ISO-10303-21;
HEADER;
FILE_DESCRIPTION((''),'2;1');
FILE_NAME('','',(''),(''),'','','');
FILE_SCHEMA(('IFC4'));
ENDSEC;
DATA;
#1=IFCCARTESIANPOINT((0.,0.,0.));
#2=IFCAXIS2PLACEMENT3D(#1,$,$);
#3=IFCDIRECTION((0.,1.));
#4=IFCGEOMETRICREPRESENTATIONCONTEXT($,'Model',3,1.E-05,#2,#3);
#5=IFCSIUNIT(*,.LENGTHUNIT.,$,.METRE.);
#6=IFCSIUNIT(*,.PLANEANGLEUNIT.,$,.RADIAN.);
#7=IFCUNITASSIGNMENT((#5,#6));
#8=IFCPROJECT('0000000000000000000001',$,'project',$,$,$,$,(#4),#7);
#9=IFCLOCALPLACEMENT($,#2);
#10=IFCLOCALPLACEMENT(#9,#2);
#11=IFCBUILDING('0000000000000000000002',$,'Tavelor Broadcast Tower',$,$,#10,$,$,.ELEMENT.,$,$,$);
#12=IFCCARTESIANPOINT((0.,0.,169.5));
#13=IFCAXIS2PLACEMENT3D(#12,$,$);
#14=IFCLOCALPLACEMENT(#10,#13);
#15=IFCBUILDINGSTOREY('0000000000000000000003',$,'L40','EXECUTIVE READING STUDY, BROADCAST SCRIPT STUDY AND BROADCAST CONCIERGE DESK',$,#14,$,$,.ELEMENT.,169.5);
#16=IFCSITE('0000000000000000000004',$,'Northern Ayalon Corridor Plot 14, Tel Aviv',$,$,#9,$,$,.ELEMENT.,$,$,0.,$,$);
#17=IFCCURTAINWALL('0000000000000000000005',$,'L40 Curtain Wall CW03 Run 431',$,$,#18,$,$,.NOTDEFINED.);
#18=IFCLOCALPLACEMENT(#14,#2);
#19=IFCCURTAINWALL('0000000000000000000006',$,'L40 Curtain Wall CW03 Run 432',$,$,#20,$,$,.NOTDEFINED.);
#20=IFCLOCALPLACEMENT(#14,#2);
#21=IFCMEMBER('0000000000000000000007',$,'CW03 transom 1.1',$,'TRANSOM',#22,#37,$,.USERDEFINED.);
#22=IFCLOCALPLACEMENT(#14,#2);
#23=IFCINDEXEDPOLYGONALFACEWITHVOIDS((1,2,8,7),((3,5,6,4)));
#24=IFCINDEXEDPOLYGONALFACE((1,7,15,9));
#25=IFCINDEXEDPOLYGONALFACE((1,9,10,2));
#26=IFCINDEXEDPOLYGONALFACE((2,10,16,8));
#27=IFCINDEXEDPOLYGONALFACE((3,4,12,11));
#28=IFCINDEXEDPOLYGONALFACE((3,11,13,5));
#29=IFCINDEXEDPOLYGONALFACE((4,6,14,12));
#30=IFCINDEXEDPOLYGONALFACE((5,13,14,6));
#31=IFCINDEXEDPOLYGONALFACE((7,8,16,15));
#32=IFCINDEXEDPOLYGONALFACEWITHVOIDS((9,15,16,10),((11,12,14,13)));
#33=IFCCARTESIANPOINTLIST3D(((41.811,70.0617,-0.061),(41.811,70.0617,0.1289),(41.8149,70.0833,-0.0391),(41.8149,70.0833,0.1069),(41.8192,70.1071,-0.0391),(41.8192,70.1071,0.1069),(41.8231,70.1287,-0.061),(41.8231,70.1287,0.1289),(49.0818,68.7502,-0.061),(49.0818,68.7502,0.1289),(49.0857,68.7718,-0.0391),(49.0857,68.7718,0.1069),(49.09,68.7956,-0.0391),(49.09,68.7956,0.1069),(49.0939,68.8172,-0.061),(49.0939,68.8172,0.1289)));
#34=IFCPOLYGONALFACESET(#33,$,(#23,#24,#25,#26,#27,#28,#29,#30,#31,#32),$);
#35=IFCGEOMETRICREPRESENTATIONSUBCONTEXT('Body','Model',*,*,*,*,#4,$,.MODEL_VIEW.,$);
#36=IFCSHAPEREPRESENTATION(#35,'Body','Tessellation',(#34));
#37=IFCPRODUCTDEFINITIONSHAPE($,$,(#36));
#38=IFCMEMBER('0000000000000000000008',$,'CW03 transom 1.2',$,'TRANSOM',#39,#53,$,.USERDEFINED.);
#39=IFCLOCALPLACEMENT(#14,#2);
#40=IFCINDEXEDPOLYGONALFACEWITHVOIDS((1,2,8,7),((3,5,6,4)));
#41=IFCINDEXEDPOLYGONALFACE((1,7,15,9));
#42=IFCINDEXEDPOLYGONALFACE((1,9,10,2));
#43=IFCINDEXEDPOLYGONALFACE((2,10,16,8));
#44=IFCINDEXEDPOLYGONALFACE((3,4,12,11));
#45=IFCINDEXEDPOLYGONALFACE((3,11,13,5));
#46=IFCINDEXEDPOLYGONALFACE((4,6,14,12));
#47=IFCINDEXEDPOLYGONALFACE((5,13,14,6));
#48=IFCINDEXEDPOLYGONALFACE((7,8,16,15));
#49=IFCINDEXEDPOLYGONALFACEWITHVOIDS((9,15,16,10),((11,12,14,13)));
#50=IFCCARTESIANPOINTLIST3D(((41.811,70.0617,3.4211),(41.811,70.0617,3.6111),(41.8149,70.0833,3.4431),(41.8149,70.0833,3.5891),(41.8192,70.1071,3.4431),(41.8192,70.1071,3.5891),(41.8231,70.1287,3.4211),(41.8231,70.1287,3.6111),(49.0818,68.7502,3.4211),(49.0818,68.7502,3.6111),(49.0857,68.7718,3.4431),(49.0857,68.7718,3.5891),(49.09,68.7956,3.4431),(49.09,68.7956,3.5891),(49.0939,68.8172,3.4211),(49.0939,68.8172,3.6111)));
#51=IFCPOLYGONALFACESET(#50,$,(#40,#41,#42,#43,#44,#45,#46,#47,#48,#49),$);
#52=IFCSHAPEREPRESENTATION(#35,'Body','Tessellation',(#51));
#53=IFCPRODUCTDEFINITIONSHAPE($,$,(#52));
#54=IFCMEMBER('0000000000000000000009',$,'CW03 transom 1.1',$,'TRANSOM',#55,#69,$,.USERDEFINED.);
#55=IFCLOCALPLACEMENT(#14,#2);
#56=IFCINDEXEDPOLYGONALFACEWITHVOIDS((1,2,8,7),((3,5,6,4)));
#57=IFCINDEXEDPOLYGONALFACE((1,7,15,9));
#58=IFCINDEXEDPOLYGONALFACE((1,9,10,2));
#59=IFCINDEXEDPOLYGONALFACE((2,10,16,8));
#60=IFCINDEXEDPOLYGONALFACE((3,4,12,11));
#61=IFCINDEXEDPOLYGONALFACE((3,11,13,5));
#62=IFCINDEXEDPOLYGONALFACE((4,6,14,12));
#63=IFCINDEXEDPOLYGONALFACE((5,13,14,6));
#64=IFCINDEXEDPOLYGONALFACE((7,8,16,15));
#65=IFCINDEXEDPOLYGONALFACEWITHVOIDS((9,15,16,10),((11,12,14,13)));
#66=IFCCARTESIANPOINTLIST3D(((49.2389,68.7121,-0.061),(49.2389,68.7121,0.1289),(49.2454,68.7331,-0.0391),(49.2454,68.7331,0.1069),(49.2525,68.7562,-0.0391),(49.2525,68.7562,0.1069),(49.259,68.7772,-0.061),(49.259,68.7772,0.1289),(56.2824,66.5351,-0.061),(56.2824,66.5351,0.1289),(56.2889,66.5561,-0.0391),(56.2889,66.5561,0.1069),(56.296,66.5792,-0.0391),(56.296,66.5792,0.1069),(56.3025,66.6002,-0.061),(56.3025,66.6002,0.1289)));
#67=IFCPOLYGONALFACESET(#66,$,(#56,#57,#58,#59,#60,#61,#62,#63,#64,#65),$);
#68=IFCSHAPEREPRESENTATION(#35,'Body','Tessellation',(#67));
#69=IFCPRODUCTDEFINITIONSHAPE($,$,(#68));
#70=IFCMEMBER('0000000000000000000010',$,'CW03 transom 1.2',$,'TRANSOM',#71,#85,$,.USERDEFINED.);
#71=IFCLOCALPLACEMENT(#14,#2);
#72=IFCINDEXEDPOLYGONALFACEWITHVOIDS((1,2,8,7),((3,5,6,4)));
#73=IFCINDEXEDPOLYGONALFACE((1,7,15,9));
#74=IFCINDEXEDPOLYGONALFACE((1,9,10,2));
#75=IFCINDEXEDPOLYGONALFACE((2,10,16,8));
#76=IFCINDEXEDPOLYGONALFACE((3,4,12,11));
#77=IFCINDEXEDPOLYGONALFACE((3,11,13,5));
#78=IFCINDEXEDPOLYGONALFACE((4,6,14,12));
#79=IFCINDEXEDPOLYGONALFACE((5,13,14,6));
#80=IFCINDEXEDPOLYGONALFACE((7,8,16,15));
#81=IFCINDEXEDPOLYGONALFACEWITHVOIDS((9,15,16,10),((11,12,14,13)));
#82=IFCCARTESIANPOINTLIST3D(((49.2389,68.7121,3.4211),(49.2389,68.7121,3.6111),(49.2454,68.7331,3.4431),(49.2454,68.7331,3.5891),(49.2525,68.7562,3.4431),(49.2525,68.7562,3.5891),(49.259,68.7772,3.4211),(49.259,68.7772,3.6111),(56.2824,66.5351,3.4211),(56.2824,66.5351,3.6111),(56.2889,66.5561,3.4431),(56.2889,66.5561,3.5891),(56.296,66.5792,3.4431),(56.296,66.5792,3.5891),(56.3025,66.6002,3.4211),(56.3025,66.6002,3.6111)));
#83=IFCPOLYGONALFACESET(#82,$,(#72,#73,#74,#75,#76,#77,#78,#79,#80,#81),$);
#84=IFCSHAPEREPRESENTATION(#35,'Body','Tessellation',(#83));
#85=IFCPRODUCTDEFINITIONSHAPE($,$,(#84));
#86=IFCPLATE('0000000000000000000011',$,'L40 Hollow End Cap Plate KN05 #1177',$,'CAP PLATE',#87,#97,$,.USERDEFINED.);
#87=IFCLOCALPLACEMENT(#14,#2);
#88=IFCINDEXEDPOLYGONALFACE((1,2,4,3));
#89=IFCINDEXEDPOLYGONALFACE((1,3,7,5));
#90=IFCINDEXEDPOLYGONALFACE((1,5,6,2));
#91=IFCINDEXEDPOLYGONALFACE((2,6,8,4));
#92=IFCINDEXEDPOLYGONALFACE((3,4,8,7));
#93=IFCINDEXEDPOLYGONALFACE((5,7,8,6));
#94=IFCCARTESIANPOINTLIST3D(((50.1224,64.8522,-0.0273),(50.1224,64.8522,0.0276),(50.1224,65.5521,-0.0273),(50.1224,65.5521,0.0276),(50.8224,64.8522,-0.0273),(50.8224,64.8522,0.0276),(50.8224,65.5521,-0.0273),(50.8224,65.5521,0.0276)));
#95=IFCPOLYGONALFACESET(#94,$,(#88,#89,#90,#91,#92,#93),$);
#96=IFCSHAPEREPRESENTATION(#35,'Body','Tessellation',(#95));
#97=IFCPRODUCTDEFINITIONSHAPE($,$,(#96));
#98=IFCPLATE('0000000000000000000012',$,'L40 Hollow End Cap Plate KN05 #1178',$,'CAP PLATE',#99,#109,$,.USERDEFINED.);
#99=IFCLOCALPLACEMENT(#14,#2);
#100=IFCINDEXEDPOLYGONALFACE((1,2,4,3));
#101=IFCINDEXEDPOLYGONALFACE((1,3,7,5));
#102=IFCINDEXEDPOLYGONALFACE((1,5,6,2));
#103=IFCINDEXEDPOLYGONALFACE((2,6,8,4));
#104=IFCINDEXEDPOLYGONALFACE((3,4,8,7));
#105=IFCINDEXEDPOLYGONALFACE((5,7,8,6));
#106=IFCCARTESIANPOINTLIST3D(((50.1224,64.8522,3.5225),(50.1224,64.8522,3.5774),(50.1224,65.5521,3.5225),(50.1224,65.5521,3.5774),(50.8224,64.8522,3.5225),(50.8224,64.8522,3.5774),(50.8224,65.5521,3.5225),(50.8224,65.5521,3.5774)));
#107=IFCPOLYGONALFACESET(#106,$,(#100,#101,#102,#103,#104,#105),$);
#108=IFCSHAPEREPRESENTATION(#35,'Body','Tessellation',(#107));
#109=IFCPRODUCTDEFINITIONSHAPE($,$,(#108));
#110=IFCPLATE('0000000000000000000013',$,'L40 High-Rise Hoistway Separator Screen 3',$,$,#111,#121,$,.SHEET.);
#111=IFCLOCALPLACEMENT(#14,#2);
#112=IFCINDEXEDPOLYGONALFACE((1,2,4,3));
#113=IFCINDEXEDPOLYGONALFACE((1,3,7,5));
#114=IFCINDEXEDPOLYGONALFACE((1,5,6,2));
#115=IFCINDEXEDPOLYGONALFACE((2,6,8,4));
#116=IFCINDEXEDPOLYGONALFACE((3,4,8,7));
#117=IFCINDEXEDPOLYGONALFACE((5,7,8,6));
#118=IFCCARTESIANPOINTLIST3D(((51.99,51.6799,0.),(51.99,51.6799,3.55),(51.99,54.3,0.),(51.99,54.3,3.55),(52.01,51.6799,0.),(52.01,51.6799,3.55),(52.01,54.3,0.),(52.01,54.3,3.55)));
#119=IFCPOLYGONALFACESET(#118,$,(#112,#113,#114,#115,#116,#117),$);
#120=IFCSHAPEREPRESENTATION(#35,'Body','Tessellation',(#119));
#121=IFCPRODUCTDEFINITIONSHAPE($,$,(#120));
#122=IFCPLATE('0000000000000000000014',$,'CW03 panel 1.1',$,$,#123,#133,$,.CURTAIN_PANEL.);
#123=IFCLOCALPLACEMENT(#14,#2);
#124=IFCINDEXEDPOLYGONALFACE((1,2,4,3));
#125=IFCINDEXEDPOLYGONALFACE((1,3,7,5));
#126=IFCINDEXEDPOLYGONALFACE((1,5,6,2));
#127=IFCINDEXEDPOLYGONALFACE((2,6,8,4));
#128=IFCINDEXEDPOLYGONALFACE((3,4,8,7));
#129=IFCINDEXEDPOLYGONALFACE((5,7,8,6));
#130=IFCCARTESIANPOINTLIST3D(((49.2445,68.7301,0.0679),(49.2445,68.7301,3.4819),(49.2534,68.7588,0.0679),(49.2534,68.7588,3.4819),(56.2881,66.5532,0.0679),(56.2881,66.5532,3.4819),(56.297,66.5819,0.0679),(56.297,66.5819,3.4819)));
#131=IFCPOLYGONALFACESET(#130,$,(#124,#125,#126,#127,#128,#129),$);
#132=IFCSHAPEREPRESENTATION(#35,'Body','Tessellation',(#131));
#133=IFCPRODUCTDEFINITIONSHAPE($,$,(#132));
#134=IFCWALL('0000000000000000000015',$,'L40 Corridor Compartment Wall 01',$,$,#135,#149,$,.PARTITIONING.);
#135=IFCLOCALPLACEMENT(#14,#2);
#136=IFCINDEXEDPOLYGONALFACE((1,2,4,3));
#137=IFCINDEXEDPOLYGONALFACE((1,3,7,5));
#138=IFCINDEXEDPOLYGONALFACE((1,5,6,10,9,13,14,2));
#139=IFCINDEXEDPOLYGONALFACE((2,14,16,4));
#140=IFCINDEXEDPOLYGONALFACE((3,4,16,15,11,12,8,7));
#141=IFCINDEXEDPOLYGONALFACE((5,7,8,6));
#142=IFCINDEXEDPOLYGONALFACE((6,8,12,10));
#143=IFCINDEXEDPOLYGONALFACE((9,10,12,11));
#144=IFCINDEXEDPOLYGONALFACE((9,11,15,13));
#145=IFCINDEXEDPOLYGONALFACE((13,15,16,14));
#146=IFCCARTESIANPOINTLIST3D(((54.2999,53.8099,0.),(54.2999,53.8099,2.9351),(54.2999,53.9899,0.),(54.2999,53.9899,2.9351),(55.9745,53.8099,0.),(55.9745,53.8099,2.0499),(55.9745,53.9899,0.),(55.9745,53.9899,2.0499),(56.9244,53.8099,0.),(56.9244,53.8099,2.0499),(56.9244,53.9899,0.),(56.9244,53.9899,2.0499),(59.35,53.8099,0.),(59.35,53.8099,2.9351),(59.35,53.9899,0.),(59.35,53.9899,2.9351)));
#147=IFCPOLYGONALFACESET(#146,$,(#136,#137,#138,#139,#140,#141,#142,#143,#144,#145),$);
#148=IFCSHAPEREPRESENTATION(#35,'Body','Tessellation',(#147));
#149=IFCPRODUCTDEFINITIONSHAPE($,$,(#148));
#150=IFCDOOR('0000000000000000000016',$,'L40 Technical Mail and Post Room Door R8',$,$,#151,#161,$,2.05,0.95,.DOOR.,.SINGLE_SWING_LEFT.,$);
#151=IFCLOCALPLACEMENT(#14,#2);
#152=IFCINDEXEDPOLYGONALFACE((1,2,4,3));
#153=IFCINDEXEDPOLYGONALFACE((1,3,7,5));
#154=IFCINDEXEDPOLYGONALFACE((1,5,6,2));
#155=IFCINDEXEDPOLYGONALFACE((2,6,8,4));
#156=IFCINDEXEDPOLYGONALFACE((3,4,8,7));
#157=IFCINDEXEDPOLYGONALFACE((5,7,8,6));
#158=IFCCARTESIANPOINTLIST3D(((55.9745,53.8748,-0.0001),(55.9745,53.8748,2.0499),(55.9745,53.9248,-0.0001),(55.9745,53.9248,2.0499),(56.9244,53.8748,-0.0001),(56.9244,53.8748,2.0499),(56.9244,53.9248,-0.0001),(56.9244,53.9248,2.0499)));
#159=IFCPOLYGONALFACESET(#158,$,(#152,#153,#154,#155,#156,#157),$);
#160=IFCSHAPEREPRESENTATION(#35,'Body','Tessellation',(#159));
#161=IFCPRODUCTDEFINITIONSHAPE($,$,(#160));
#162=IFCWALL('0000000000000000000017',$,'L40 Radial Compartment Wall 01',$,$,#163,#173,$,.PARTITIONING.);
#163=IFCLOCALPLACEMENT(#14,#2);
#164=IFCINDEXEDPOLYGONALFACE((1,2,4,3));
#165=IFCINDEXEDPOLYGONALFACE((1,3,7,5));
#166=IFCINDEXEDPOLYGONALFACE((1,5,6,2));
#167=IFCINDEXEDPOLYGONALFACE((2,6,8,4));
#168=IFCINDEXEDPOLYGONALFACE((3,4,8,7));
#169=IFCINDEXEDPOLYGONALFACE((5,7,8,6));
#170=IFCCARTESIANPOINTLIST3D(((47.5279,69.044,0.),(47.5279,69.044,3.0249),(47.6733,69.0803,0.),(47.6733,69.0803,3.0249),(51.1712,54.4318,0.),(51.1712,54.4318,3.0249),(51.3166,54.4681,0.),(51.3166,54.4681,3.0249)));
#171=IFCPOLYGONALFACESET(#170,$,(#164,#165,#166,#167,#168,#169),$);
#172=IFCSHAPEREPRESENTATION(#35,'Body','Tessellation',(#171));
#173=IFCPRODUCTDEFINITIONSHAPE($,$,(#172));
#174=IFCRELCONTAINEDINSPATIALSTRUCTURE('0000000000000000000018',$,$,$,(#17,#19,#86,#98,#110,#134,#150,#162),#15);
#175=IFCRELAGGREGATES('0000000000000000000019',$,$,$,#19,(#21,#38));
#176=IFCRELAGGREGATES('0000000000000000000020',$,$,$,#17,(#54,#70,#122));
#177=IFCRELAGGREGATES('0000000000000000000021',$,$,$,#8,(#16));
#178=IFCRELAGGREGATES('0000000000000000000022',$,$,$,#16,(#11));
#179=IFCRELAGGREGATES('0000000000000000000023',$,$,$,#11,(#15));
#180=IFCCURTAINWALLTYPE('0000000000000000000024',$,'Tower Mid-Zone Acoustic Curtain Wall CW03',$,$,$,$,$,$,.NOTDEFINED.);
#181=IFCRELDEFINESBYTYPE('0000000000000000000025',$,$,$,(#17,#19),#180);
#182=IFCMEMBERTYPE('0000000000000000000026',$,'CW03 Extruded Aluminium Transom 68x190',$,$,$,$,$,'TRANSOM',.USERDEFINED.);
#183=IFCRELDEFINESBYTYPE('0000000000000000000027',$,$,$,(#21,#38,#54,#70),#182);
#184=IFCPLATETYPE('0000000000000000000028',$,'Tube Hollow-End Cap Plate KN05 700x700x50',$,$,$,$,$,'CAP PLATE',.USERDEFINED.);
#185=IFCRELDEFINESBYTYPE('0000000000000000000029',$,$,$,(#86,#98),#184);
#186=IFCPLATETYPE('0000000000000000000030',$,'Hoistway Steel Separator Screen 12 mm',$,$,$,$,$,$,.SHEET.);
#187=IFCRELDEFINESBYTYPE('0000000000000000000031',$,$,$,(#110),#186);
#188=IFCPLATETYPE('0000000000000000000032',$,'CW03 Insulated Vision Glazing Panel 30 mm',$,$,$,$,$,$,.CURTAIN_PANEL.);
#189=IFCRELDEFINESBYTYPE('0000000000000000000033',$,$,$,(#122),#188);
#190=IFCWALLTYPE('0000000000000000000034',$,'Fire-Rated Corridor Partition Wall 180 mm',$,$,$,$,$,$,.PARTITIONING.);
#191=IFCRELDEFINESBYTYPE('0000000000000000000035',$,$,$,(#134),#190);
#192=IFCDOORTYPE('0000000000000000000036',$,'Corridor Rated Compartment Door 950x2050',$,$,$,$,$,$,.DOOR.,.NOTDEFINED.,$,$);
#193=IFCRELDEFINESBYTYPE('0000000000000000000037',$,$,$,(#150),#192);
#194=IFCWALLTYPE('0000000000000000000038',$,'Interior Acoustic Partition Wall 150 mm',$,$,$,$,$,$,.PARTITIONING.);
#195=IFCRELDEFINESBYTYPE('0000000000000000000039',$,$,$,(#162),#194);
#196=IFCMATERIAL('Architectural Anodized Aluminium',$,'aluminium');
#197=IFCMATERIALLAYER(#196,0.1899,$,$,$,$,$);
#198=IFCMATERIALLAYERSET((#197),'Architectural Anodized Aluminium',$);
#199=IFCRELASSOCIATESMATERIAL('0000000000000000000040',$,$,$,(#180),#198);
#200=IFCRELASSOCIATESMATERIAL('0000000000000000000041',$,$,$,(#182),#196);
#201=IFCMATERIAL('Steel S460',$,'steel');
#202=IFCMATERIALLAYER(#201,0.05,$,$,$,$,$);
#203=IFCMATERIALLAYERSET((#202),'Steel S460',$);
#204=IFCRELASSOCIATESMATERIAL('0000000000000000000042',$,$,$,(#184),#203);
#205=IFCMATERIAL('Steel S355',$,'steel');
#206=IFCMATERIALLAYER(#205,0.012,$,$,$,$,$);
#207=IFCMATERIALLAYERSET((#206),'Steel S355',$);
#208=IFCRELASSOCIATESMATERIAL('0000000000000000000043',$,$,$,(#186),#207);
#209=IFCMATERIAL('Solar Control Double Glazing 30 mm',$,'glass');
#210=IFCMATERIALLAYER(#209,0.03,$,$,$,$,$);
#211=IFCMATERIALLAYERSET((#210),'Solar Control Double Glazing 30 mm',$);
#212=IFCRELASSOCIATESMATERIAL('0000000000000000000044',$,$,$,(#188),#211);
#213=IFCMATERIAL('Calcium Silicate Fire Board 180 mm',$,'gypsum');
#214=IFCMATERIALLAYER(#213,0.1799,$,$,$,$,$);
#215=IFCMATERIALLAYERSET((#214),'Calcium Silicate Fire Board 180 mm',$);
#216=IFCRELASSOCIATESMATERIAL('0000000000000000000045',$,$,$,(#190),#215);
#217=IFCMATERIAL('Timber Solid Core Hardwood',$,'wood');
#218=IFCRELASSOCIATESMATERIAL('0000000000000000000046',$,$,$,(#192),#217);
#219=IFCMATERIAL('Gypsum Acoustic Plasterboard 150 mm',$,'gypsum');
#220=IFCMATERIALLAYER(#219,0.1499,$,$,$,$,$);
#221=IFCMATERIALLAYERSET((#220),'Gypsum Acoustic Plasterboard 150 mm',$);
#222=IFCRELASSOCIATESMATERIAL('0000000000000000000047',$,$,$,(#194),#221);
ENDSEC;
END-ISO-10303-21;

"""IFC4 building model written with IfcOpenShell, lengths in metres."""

from ifc_helpers import new_model, si_unit, direction, frame, frame_2d, origin, origin_2d, place, context, subcontext, project, spatial, rectangle, hollow_rectangle, extrude, source, transform, mapped, material, layer, layer_set, material_profile, profile_set, type_object, type_shapes, element, fill, aggregate, save


model = new_model("IFC4")

# Units and contexts
model_context = context("Model", 3, precision=1e-05, world=origin(), true_north=direction((0.0, 1.0)))
body_context = subcontext(model_context, "Body", "Model", "MODEL_VIEW")
ifc_project = project(units=[si_unit("LENGTHUNIT", "METRE"), si_unit("PLANEANGLEUNIT", "RADIAN")], contexts=[model_context])

# Site, building, storey
site_placement = place(None, origin())
site = spatial("IfcSite", under=ifc_project, at=site_placement, Name="Northern Ayalon Corridor Plot 14, Tel Aviv", CompositionType="ELEMENT", RefElevation=0.0)
building_placement = place(site_placement, origin())
building = spatial("IfcBuilding", under=site, at=building_placement, Name="Tavelor Broadcast Tower", CompositionType="ELEMENT")
storey_placement = place(building_placement, frame((0.0, 0.0, 169.5)))
storey = spatial("IfcBuildingStorey", under=building, at=storey_placement, Name="L40", Description="EXECUTIVE READING STUDY, BROADCAST SCRIPT STUDY AND BROADCAST CONCIERGE DESK", CompositionType="ELEMENT", Elevation=169.5)

# Shared definitions
ifc_material_1 = material(Name="Steel S460", Category="steel")

# Shared definitions
ifc_material_2 = material(Name="Steel S355", Category="steel")

# Shared definitions
ifc_material_3 = material(Name="Architectural Anodized Aluminium", Category="aluminium")
ifc_layer_1 = layer(ifc_material_3, 0.1899)
ifc_layer_set_1 = layer_set([ifc_layer_1], Name="Architectural Anodized Aluminium")
curtain_wall_type = type_object("IfcCurtainWallType", Name="Tower Mid-Zone Acoustic Curtain Wall CW03", PredefinedType="NOTDEFINED", material=ifc_layer_set_1)

# Curtain walls, members
curtain_wall_1_placement = place(storey_placement, origin())
curtain_wall_1 = element("IfcCurtainWall", 1, at=curtain_wall_1_placement, inside=storey, type_object=curtain_wall_type, Name="L40 Curtain Wall CW03 Run 431", PredefinedType="NOTDEFINED")
curtain_wall_2_placement = place(storey_placement, origin())
curtain_wall_2 = element("IfcCurtainWall", 2, at=curtain_wall_2_placement, inside=storey, type_object=curtain_wall_type, Name="L40 Curtain Wall CW03 Run 432", PredefinedType="NOTDEFINED")
ifc_material_profile_1 = material_profile(ifc_material_3, hollow_rectangle(XDim=0.0681, YDim=0.1899, WallThickness=0.022, at=origin_2d()), Name="RHS 68x190x22")
ifc_profile_set_1 = profile_set([ifc_material_profile_1], Name="Architectural Anodized Aluminium")
member_type_1 = type_object("IfcMemberType", Name="CW03 Extruded Aluminium Transom 68x190", ElementType="TRANSOM", PredefinedType="USERDEFINED", material=ifc_profile_set_1)
shared_shape_1 = source(origin(), body_context, "Body", "SweptSolid", [
    extrude(hollow_rectangle(XDim=0.0681, YDim=0.1899, WallThickness=0.022, at=origin_2d()), origin(), (0.0, 0.0, 1.0), 7.3882),
])
member_1_placement = place(storey_placement, frame((49.0879, 68.7837, 0.0339), z_axis=(-0.984117, 0.177519, 0.0), x_axis=(-0.177519, -0.984117, 0.0)))
member_1 = element("IfcMember", 3, at=member_1_placement, type_object=member_type_1, Name="CW03 transom 1.1", ObjectType="TRANSOM", PredefinedType="USERDEFINED", context=body_context, shape_type="MappedRepresentation", body=[
    mapped(shared_shape_1, transform((0.0, 0.0, 0.0), scale=1.0)),
])
member_2_placement = place(storey_placement, frame((49.0879, 68.7837, 3.5161), z_axis=(-0.984117, 0.177519, 0.0), x_axis=(-0.177519, -0.984117, 0.0)))
member_2 = element("IfcMember", 4, at=member_2_placement, type_object=member_type_1, Name="CW03 transom 1.2", ObjectType="TRANSOM", PredefinedType="USERDEFINED", context=body_context, shape_type="MappedRepresentation", body=[
    mapped(shared_shape_1, transform((0.0, 0.0, 0.0), scale=1.0)),
])
aggregate(curtain_wall_2, [member_1, member_2])

# Members
shared_shape_2 = source(origin(), body_context, "Body", "SweptSolid", [
    extrude(hollow_rectangle(XDim=0.0681, YDim=0.1899, WallThickness=0.022, at=origin_2d()), origin(), (0.0, 0.0, 1.0), 7.3723),
])
type_shapes(member_type_1, [shared_shape_1, shared_shape_2])
member_3_placement = place(storey_placement, frame((56.2925, 66.5676, 0.0339), z_axis=(-0.955405, 0.295298, 0.0), x_axis=(-0.295298, -0.955405, 0.0)))
member_3 = element("IfcMember", 5, at=member_3_placement, type_object=member_type_1, Name="CW03 transom 1.1", ObjectType="TRANSOM", PredefinedType="USERDEFINED", context=body_context, shape_type="MappedRepresentation", body=[
    mapped(shared_shape_2, transform((0.0, 0.0, 0.0), scale=1.0)),
])
member_4_placement = place(storey_placement, frame((56.2925, 66.5676, 3.5161), z_axis=(-0.955405, 0.295298, 0.0), x_axis=(-0.295298, -0.955405, 0.0)))
member_4 = element("IfcMember", 6, at=member_4_placement, type_object=member_type_1, Name="CW03 transom 1.2", ObjectType="TRANSOM", PredefinedType="USERDEFINED", context=body_context, shape_type="MappedRepresentation", body=[
    mapped(shared_shape_2, transform((0.0, 0.0, 0.0), scale=1.0)),
])

# Plates
ifc_layer_2 = layer(ifc_material_1, 0.05)
ifc_layer_set_2 = layer_set([ifc_layer_2], Name="Steel S460")
plate_type_1 = type_object("IfcPlateType", Name="Tube Hollow-End Cap Plate KN05 700x700x50", ElementType="CAP PLATE", PredefinedType="USERDEFINED", material=ifc_layer_set_2)
shared_shape_3 = source(origin(), body_context, "Body", "SweptSolid", [
    extrude(rectangle(XDim=0.7, YDim=0.7, at=origin_2d()), origin(), (0.0, 0.0, 1.0), 0.0549),
])
type_shapes(plate_type_1, [shared_shape_3])
for number, where, z_axis, x_axis, name in (
    (7, (50.4724, 65.2021, -0.0273), (0.0, 0.0, 1.0), (1.0, 0.0, 0.0), "L40 Hollow End Cap Plate KN05 #1177"),
    (8, (50.4724, 65.2021, 3.5225), (0.0, 0.0, 1.0), (1.0, 0.0, 0.0), "L40 Hollow End Cap Plate KN05 #1178"),
):
    element("IfcPlate", number, at=place(storey_placement, frame(where, z_axis=z_axis, x_axis=x_axis)), inside=storey, type_object=plate_type_1, Name=name, ObjectType="CAP PLATE", PredefinedType="USERDEFINED", context=body_context, shape_type="MappedRepresentation", body=[
        mapped(shared_shape_3, transform((0.0, 0.0, 0.0), scale=1.0)),
    ])
ifc_layer_3 = layer(ifc_material_2, 0.012)
ifc_layer_set_3 = layer_set([ifc_layer_3], Name="Steel S355")
plate_type_2 = type_object("IfcPlateType", Name="Hoistway Steel Separator Screen 12 mm", PredefinedType="SHEET", material=ifc_layer_set_3)
shared_shape_4 = source(origin(), body_context, "Body", "SweptSolid", [
    extrude(rectangle(XDim=0.02, YDim=2.6201, at=origin_2d()), origin(), (0.0, 0.0, 1.0), 3.55),
])
type_shapes(plate_type_2, [shared_shape_4])
plate_1_placement = place(storey_placement, frame((52.0, 52.99, 0.0), z_axis=(0.0, 0.0, 1.0), x_axis=(1.0, 0.0, 0.0)))
element("IfcPlate", 9, at=plate_1_placement, inside=storey, type_object=plate_type_2, Name="L40 High-Rise Hoistway Separator Screen 3", PredefinedType="SHEET", context=body_context, shape_type="MappedRepresentation", body=[
    mapped(shared_shape_4, transform((0.0, 0.0, 0.0), scale=1.0)),
])

# Plate
ifc_material_4 = material(Name="Solar Control Double Glazing 30 mm", Category="glass")
ifc_layer_4 = layer(ifc_material_4, 0.03)
ifc_layer_set_4 = layer_set([ifc_layer_4], Name="Solar Control Double Glazing 30 mm")
plate_type_3 = type_object("IfcPlateType", Name="CW03 Insulated Vision Glazing Panel 30 mm", PredefinedType="CURTAIN_PANEL", material=ifc_layer_set_4)
shared_shape_5 = source(origin(), body_context, "Body", "SweptSolid", [
    extrude(rectangle(XDim=7.3723, YDim=0.03, at=origin_2d()), origin(), (0.0, 0.0, 1.0), 3.4141),
])
type_shapes(plate_type_3, [shared_shape_5])
plate_2_placement = place(storey_placement, frame((52.7708, 67.656, 0.0679), z_axis=(0.0, 0.0, 1.0), x_axis=(-0.955413, 0.295274, 0.0)))
plate_2 = element("IfcPlate", 10, at=plate_2_placement, type_object=plate_type_3, Name="CW03 panel 1.1", PredefinedType="CURTAIN_PANEL", context=body_context, shape_type="MappedRepresentation", body=[
    mapped(shared_shape_5, transform((0.0, 0.0, 0.0), scale=1.0)),
])
aggregate(curtain_wall_1, [member_3, member_4, plate_2])

# Wall, opening, door
ifc_material_5 = material(Name="Calcium Silicate Fire Board 180 mm", Category="gypsum")
ifc_layer_5 = layer(ifc_material_5, 0.1799)
ifc_layer_set_5 = layer_set([ifc_layer_5], Name="Calcium Silicate Fire Board 180 mm")
wall_type_1 = type_object("IfcWallType", Name="Fire-Rated Corridor Partition Wall 180 mm", PredefinedType="PARTITIONING", material=ifc_layer_set_5)
wall_1_placement = place(storey_placement, frame((54.3, 53.8999, 0.0), z_axis=(0.0, 0.0, 1.0), x_axis=(1.0, 0.0, 0.0)))
wall_1 = element("IfcWall", 11, at=wall_1_placement, inside=storey, type_object=wall_type_1, Name="L40 Corridor Compartment Wall 01", PredefinedType="PARTITIONING", context=body_context, shape_type="SweptSolid", body=[
    extrude(rectangle(XDim=5.05, YDim=0.1799, at=frame_2d((2.5249, 0.0))), origin(), (0.0, 0.0, 1.0), 2.9351),
])
opening_placement = place(wall_1_placement, frame((1.6743, 0.0, 0.0)))
opening = element("IfcOpeningElement", 12, at=opening_placement, cuts=wall_1, PredefinedType="OPENING", context=body_context, shape_type="SweptSolid", body=[
    extrude(rectangle(XDim=0.95, YDim=2.05, at=frame_2d((0.4751, 1.0249))), frame((0.0, 0.1001, 0.0), z_axis=(0.0, -1.0, 0.0), x_axis=(1.0, 0.0, 0.0)), (0.0, 0.0, 1.0), 0.2),
])
ifc_material_6 = material(Name="Timber Solid Core Hardwood", Category="wood")
door_type = type_object("IfcDoorType", Name="Corridor Rated Compartment Door 950x2050", OperationType="NOTDEFINED", PredefinedType="DOOR", material=ifc_material_6)
door_placement = place(opening_placement, origin())
door = element("IfcDoor", 13, at=door_placement, inside=storey, type_object=door_type, Name="L40 Technical Mail and Post Room Door R8", OperationType="SINGLE_SWING_LEFT", OverallHeight=2.05, OverallWidth=0.95, PredefinedType="DOOR", context=body_context, shape_type="SweptSolid", body=[
    extrude(rectangle(XDim=0.95, YDim=2.05, at=frame_2d((0.4751, 1.0249))), frame((0.0, 0.0249, 0.0), z_axis=(0.0, -1.0, 0.0), x_axis=(1.0, 0.0, 0.0)), (0.0, 0.0, 1.0), 0.05),
])
fill(opening, door)

# Wall
ifc_material_7 = material(Name="Gypsum Acoustic Plasterboard 150 mm", Category="gypsum")
ifc_layer_6 = layer(ifc_material_7, 0.1499)
ifc_layer_set_6 = layer_set([ifc_layer_6], Name="Gypsum Acoustic Plasterboard 150 mm")
wall_type_2 = type_object("IfcWallType", Name="Interior Acoustic Partition Wall 150 mm", PredefinedType="PARTITIONING", material=ifc_layer_set_6)
wall_2_placement = place(storey_placement, frame((51.2439, 54.45, 0.0), z_axis=(0.0, 0.0, 1.0), x_axis=(-0.241925, 0.970295, 0.0)))
element("IfcWall", 14, at=wall_2_placement, inside=storey, type_object=wall_type_2, Name="L40 Radial Compartment Wall 01", PredefinedType="PARTITIONING", context=body_context, shape_type="SweptSolid", body=[
    extrude(rectangle(XDim=15.0596, YDim=0.1499, at=frame_2d((7.5298, 0.0))), origin(), (0.0, 0.0, 1.0), 3.0249),
])

save(model, "model.ifc")
